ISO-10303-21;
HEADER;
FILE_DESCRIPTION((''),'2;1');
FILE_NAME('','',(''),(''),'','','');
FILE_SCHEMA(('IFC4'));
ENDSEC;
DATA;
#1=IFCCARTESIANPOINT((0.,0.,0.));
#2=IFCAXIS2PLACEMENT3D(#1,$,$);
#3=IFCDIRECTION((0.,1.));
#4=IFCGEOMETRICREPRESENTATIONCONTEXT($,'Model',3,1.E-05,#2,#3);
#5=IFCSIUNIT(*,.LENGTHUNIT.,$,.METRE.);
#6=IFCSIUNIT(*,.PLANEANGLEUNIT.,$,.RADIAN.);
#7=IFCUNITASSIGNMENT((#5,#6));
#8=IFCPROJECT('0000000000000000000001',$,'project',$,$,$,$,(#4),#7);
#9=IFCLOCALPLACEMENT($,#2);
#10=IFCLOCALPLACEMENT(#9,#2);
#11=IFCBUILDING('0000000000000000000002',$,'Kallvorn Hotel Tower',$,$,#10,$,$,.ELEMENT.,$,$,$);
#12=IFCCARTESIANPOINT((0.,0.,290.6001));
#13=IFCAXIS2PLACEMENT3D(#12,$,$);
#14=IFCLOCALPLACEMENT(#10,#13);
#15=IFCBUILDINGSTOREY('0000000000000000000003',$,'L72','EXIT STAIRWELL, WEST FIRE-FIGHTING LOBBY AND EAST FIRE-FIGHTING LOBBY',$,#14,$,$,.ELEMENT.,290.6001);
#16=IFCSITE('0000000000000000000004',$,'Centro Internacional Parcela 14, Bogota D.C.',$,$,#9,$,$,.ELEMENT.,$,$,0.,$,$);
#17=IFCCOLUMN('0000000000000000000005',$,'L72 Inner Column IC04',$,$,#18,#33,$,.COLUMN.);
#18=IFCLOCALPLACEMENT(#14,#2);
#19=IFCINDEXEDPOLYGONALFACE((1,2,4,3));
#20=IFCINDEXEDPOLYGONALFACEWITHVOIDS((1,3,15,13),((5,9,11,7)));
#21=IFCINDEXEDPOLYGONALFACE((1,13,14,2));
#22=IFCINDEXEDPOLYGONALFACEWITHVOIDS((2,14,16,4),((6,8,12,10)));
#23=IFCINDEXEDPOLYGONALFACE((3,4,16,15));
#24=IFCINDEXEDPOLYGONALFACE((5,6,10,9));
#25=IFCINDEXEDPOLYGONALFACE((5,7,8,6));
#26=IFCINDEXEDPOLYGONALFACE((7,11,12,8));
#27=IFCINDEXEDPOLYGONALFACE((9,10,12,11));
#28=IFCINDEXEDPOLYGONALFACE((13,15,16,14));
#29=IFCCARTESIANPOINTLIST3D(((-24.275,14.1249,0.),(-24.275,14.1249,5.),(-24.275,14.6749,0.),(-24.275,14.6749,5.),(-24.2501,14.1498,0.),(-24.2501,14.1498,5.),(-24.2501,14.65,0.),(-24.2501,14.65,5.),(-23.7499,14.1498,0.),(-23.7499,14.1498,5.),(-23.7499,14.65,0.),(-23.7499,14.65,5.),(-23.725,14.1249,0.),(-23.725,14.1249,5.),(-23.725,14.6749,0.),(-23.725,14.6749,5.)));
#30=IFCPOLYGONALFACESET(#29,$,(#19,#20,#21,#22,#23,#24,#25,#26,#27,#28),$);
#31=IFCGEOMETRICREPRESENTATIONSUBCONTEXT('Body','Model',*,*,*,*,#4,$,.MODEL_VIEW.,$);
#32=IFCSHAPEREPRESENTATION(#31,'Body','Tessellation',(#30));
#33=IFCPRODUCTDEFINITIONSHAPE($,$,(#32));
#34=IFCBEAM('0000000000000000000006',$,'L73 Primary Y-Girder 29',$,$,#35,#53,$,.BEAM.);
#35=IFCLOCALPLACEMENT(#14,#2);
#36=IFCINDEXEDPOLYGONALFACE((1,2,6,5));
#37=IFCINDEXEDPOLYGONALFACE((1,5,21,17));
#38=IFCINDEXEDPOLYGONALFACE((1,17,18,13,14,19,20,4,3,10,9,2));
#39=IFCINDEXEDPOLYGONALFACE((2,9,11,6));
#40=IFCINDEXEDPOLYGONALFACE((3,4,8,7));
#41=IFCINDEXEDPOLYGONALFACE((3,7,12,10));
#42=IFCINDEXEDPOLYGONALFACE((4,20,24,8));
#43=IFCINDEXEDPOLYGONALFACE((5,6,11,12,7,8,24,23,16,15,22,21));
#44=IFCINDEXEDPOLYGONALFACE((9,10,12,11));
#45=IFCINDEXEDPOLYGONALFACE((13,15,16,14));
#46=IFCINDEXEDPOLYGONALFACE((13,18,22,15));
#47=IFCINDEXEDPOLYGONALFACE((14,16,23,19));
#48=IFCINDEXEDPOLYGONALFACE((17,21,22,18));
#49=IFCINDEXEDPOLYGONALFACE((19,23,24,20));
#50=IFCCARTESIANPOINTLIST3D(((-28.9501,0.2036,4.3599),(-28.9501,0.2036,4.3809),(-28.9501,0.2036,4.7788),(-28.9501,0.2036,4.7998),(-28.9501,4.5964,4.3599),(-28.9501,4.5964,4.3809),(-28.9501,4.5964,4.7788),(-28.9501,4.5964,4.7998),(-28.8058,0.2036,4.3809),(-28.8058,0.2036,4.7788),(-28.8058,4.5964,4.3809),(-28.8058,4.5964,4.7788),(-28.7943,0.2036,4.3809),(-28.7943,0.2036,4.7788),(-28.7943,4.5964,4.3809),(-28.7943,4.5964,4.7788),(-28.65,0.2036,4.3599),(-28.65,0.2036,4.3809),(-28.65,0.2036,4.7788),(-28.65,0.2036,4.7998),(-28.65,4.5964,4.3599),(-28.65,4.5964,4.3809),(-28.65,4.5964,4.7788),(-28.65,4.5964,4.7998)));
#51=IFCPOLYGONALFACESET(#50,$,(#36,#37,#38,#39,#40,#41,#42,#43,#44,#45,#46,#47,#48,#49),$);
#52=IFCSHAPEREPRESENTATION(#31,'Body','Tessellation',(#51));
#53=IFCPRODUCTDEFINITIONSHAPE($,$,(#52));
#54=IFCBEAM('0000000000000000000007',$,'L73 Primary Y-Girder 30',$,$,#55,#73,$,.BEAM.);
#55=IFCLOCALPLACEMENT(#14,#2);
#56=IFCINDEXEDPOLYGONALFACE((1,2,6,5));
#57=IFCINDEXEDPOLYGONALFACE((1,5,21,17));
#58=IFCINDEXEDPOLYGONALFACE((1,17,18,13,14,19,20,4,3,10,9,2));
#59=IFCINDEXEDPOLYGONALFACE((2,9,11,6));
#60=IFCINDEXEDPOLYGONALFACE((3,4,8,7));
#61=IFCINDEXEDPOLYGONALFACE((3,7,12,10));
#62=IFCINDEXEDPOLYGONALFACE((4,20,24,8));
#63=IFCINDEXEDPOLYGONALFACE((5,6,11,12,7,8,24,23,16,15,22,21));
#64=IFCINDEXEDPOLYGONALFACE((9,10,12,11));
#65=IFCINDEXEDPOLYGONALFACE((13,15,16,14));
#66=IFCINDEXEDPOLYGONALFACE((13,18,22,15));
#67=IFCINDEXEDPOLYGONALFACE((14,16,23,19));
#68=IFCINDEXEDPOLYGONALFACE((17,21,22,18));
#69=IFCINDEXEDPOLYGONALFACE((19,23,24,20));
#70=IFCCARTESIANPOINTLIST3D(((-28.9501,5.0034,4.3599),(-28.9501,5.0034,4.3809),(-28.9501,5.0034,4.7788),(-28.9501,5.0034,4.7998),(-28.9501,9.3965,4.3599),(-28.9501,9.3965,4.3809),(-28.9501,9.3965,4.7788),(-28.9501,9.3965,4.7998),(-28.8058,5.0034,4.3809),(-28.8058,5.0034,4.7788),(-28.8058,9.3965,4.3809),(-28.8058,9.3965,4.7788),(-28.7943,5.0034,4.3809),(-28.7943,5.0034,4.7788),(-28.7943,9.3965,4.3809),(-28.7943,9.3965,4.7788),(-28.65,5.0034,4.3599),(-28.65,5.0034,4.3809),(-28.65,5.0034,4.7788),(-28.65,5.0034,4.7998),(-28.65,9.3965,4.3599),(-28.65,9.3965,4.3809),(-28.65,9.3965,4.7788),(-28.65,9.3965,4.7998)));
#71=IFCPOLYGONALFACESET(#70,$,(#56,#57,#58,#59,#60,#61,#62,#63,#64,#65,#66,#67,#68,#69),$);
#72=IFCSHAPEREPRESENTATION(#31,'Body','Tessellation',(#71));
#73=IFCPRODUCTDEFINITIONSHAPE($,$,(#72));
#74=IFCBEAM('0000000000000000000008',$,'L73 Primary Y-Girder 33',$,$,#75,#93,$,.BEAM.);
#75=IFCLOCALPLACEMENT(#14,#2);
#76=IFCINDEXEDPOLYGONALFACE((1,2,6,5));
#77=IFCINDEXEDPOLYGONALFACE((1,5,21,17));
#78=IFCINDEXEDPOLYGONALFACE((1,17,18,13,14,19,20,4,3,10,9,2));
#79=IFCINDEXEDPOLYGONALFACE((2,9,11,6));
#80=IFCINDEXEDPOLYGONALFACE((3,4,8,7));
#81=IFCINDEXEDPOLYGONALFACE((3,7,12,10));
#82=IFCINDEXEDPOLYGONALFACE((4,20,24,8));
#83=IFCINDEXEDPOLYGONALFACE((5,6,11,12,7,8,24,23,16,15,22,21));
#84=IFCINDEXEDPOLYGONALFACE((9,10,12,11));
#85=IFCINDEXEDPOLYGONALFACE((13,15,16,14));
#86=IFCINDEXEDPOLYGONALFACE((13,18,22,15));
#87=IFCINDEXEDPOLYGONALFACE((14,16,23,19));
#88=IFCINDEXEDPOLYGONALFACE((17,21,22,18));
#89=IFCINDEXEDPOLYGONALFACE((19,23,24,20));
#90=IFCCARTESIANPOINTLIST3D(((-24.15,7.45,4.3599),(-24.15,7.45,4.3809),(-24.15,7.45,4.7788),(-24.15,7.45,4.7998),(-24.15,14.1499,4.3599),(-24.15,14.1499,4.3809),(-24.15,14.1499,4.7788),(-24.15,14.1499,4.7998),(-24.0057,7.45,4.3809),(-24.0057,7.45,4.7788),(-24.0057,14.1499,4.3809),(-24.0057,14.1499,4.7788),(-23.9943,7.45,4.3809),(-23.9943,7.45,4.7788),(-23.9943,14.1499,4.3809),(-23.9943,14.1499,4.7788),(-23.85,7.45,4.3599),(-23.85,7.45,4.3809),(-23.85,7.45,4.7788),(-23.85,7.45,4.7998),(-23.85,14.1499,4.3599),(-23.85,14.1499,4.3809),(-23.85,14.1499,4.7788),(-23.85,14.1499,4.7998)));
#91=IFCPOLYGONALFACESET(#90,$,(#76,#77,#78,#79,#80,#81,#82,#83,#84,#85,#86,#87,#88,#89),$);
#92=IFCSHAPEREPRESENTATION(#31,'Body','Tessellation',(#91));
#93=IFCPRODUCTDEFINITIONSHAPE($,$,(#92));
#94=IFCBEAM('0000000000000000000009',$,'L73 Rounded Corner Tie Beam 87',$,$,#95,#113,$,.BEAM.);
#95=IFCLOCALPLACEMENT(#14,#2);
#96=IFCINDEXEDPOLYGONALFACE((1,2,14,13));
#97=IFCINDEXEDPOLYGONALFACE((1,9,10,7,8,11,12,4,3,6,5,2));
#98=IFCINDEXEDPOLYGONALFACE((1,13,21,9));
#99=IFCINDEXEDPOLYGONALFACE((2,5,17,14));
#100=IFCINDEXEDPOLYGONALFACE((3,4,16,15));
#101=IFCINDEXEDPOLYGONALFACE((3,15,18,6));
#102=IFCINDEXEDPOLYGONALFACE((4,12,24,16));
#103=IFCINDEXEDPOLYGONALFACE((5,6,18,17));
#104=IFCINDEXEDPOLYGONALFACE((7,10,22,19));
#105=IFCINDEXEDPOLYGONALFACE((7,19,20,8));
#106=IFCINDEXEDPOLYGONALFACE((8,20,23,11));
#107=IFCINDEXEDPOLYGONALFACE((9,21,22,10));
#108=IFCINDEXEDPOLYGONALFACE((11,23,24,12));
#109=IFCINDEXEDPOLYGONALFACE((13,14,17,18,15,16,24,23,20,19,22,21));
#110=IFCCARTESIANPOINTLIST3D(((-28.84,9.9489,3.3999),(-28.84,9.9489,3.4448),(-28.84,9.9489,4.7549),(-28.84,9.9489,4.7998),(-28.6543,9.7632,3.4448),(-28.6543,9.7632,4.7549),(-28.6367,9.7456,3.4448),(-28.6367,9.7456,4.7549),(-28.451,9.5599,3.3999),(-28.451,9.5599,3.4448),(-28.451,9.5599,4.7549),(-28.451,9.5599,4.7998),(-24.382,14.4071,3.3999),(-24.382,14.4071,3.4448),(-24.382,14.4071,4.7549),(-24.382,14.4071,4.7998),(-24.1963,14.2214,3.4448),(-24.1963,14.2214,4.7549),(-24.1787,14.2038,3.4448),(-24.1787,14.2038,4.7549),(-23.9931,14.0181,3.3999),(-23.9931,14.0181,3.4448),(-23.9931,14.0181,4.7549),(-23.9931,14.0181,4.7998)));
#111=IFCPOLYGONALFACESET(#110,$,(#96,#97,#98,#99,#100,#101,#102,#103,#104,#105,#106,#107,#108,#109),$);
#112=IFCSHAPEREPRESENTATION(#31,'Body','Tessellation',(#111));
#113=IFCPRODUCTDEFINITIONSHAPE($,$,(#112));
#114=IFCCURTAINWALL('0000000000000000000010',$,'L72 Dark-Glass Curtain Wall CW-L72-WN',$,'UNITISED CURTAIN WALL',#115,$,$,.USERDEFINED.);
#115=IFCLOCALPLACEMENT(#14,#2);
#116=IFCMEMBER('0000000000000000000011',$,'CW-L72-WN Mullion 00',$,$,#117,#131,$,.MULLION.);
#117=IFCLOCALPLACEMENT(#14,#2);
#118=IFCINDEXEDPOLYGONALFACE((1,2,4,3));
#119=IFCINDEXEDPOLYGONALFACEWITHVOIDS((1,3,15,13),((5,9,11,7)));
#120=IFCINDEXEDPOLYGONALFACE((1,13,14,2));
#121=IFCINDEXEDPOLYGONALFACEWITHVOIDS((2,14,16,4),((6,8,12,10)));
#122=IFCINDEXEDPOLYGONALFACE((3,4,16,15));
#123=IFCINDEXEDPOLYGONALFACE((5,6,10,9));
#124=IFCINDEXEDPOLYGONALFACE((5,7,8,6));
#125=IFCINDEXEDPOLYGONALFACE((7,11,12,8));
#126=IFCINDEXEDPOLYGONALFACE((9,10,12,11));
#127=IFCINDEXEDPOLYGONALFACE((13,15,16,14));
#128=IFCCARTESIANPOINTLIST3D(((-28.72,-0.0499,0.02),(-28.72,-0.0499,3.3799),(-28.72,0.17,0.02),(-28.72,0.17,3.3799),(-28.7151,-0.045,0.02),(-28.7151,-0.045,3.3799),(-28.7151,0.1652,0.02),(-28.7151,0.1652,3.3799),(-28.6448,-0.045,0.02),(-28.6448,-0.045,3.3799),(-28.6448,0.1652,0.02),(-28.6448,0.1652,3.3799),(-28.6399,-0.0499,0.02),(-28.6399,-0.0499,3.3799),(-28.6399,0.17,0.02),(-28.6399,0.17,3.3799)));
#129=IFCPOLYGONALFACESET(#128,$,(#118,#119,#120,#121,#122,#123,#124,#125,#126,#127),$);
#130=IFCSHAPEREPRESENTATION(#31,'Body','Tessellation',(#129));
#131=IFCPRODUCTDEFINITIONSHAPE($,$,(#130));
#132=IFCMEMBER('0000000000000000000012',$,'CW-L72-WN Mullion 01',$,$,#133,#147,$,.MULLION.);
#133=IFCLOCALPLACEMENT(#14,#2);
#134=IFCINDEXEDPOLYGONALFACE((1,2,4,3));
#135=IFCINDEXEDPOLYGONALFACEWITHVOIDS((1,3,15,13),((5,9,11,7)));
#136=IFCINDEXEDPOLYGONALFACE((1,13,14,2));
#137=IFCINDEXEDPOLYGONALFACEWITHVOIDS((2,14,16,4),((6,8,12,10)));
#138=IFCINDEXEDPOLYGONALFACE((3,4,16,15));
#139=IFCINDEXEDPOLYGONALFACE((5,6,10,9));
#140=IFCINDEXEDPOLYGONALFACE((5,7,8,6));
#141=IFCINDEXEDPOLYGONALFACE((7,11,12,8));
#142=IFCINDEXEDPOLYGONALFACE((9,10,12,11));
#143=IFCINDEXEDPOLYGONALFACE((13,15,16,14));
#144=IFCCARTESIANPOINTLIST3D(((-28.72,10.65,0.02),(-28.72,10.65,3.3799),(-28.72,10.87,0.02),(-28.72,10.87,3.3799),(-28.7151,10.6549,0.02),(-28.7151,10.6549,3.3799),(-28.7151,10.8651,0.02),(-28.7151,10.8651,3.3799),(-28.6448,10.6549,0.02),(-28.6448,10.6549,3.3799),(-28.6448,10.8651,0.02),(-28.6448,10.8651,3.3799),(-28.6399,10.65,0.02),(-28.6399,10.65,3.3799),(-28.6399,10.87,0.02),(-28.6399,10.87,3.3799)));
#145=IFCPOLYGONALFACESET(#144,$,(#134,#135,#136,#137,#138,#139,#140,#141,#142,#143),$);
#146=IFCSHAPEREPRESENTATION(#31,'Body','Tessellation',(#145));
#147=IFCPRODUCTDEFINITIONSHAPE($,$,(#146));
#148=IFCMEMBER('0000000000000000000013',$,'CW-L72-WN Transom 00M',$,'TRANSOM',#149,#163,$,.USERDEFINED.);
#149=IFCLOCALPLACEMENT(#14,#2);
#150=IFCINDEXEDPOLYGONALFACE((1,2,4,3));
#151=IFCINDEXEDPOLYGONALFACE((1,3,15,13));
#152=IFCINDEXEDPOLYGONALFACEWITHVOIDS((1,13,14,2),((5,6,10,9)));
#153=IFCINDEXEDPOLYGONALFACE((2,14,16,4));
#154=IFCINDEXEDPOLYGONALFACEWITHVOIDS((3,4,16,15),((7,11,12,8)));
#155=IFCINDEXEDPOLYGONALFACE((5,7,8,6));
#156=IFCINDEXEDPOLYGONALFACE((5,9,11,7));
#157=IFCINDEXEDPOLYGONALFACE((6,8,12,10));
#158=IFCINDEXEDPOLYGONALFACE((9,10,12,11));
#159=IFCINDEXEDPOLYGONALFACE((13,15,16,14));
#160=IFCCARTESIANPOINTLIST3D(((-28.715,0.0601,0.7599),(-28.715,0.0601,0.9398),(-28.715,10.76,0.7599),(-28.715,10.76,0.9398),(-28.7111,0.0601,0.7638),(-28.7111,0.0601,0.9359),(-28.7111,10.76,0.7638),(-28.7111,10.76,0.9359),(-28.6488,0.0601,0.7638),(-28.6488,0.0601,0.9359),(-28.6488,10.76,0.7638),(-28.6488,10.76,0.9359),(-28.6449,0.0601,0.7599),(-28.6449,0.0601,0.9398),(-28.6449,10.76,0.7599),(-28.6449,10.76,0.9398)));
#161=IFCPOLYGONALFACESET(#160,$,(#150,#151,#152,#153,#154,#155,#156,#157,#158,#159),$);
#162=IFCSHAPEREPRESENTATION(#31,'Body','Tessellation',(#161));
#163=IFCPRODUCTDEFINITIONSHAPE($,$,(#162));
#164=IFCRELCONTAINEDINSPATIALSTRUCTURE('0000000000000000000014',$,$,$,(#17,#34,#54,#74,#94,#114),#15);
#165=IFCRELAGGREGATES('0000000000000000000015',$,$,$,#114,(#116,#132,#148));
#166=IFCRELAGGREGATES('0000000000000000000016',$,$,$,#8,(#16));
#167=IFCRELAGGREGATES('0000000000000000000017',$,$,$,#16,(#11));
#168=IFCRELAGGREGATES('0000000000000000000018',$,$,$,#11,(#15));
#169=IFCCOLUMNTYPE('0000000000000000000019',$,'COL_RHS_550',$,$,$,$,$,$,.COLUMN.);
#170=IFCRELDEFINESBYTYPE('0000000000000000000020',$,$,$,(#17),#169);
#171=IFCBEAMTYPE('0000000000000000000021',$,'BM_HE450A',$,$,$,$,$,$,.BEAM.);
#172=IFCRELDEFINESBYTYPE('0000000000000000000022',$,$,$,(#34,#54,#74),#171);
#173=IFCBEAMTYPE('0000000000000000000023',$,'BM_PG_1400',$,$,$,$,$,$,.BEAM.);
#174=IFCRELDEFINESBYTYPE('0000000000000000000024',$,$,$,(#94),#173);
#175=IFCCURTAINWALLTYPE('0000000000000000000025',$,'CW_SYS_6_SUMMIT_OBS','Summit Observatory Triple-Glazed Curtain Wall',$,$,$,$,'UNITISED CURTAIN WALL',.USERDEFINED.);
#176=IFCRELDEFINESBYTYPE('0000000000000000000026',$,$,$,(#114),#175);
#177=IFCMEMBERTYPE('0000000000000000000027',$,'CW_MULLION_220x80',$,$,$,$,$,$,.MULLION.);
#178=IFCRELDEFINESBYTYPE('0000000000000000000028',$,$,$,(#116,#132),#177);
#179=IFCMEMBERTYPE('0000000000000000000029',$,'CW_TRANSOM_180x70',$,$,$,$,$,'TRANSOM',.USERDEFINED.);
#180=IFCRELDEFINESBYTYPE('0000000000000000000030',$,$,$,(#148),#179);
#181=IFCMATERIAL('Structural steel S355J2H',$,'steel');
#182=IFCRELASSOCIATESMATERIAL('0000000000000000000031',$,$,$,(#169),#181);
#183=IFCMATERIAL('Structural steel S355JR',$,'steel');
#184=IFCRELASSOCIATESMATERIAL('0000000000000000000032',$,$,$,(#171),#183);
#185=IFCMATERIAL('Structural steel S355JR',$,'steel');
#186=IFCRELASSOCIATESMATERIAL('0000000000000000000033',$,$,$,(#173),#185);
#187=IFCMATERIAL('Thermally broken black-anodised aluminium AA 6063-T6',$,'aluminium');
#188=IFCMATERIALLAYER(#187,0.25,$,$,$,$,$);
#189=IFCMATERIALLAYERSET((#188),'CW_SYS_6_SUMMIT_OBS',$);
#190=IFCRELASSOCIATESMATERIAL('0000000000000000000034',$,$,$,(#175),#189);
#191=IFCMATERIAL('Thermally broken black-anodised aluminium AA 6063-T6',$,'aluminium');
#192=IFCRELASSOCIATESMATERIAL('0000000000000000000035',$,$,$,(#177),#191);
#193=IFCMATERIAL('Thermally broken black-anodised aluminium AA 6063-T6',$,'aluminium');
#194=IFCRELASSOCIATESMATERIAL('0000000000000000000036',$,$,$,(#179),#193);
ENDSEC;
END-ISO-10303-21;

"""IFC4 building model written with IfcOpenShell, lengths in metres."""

from ifc_helpers import new_model, si_unit, direction, frame, origin, origin_2d, place, context, subcontext, project, spatial, hollow_rectangle, i_section, extrude, material, layer, layer_set, material_profile, profile_set, type_object, element, aggregate, save


model = new_model("IFC4")

# Units and contexts
model_context = context("Model", 3, precision=1e-05, world=origin(), true_north=direction((0.0, 1.0)))
body_context = subcontext(model_context, "Body", "Model", "MODEL_VIEW")
ifc_project = project(units=[si_unit("LENGTHUNIT", "METRE"), si_unit("PLANEANGLEUNIT", "RADIAN")], contexts=[model_context])

# Site, building, storey
site_placement = place(None, origin())
site = spatial("IfcSite", under=ifc_project, at=site_placement, Name="Centro Internacional Parcela 14, Bogota D.C.", CompositionType="ELEMENT", RefElevation=0.0)
building_placement = place(site_placement, origin())
building = spatial("IfcBuilding", under=site, at=building_placement, Name="Kallvorn Hotel Tower", CompositionType="ELEMENT")
storey_placement = place(building_placement, frame((0.0, 0.0, 290.6001)))
storey = spatial("IfcBuildingStorey", under=building, at=storey_placement, Name="L72", Description="EXIT STAIRWELL, WEST FIRE-FIGHTING LOBBY AND EAST FIRE-FIGHTING LOBBY", CompositionType="ELEMENT", Elevation=290.6001)

# Column
ifc_material_1 = material(Name="Structural steel S355J2H", Category="steel")
ifc_material_profile_1 = material_profile(ifc_material_1, hollow_rectangle(XDim=0.55, YDim=0.55, WallThickness=0.0249, at=origin_2d()), Name="RHS 550x550x25")
ifc_profile_set_1 = profile_set([ifc_material_profile_1], Name="Structural steel S355J2H")
column_type_1 = type_object("IfcColumnType", Name="COL_RHS_550", PredefinedType="COLUMN", material=ifc_profile_set_1)
for number, where, z_axis, x_axis, name in (
    (1, (-24.0, 14.3999, 0.0), (0.0, 0.0, 1.0), (1.0, 0.0, 0.0), "L72 Inner Column IC04"),
):
    element("IfcColumn", number, at=place(storey_placement, frame(where, z_axis=z_axis, x_axis=x_axis)), inside=storey, type_object=column_type_1, Name=name, PredefinedType="COLUMN", context=body_context, shape_type="SweptSolid", body=[
        extrude(hollow_rectangle(XDim=0.55, YDim=0.55, WallThickness=0.0249, at=origin_2d()), origin(), (0.0, 0.0, 1.0), 5.0),
    ])

# Beams
ifc_material_2 = material(Name="Structural steel S355JR", Category="steel")
ifc_material_profile_2 = material_profile(ifc_material_2, i_section(OverallWidth=0.3, OverallDepth=0.4399, WebThickness=0.0115, FlangeThickness=0.021, at=origin_2d()), Name="HE 450 A")
ifc_profile_set_2 = profile_set([ifc_material_profile_2], Name="Structural steel S355JR")
beam_type_1 = type_object("IfcBeamType", Name="BM_HE450A", PredefinedType="BEAM", material=ifc_profile_set_2)
beam_1_placement = place(storey_placement, frame((-28.8, 0.2036, 4.5798), z_axis=(0.0, 1.0, 0.0), x_axis=(-1.0, 0.0, 0.0)))
element("IfcBeam", 2, at=beam_1_placement, inside=storey, type_object=beam_type_1, Name="L73 Primary Y-Girder 29", PredefinedType="BEAM", context=body_context, shape_type="SweptSolid", body=[
    extrude(i_section(OverallWidth=0.3, OverallDepth=0.4399, WebThickness=0.0115, FlangeThickness=0.021, at=origin_2d()), origin(), (0.0, 0.0, 1.0), 4.3928),
])
beam_2_placement = place(storey_placement, frame((-28.8, 5.0034, 4.5798), z_axis=(0.0, 1.0, 0.0), x_axis=(-1.0, 0.0, 0.0)))
element("IfcBeam", 3, at=beam_2_placement, inside=storey, type_object=beam_type_1, Name="L73 Primary Y-Girder 30", PredefinedType="BEAM", context=body_context, shape_type="SweptSolid", body=[
    extrude(i_section(OverallWidth=0.3, OverallDepth=0.4399, WebThickness=0.0115, FlangeThickness=0.021, at=origin_2d()), origin(), (0.0, 0.0, 1.0), 4.3931),
])
beam_3_placement = place(storey_placement, frame((-24.0, 7.45, 4.5798), z_axis=(0.0, 1.0, 0.0), x_axis=(-1.0, 0.0, 0.0)))
element("IfcBeam", 4, at=beam_3_placement, inside=storey, type_object=beam_type_1, Name="L73 Primary Y-Girder 33", PredefinedType="BEAM", context=body_context, shape_type="SweptSolid", body=[
    extrude(i_section(OverallWidth=0.3, OverallDepth=0.4399, WebThickness=0.0115, FlangeThickness=0.021, at=origin_2d()), origin(), (0.0, 0.0, 1.0), 6.7),
])
ifc_material_3 = material(Name="Structural steel S355JR", Category="steel")
ifc_material_profile_3 = material_profile(ifc_material_3, i_section(OverallWidth=0.55, OverallDepth=1.3999, WebThickness=0.0249, FlangeThickness=0.0449, at=origin_2d()), Name="PG 1400x550x25x45")
ifc_profile_set_3 = profile_set([ifc_material_profile_3], Name="Structural steel S355JR")
beam_type_2 = type_object("IfcBeamType", Name="BM_PG_1400", PredefinedType="BEAM", material=ifc_profile_set_3)
beam_4_placement = place(storey_placement, frame((-28.6455, 9.7544, 4.0999), z_axis=(0.707087, 0.707126, 0.0), x_axis=(-0.707126, 0.707087, 0.0)))
element("IfcBeam", 5, at=beam_4_placement, inside=storey, type_object=beam_type_2, Name="L73 Rounded Corner Tie Beam 87", PredefinedType="BEAM", context=body_context, shape_type="SweptSolid", body=[
    extrude(i_section(OverallWidth=0.55, OverallDepth=1.3999, WebThickness=0.0249, FlangeThickness=0.0449, at=origin_2d()), origin(), (0.0, 0.0, 1.0), 6.3047),
])

# Curtain wall, members
ifc_material_4 = material(Name="Thermally broken black-anodised aluminium AA 6063-T6", Category="aluminium")
ifc_layer_1 = layer(ifc_material_4, 0.25)
ifc_layer_set_1 = layer_set([ifc_layer_1], Name="CW_SYS_6_SUMMIT_OBS")
curtain_wall_type = type_object("IfcCurtainWallType", Name="CW_SYS_6_SUMMIT_OBS", Description="Summit Observatory Triple-Glazed Curtain Wall", ElementType="UNITISED CURTAIN WALL", PredefinedType="USERDEFINED", material=ifc_layer_set_1)
curtain_wall_placement = place(storey_placement, origin())
curtain_wall = element("IfcCurtainWall", 6, at=curtain_wall_placement, inside=storey, type_object=curtain_wall_type, Name="L72 Dark-Glass Curtain Wall CW-L72-WN", ObjectType="UNITISED CURTAIN WALL", PredefinedType="USERDEFINED")
ifc_material_5 = material(Name="Thermally broken black-anodised aluminium AA 6063-T6", Category="aluminium")
ifc_material_profile_4 = material_profile(ifc_material_5, hollow_rectangle(XDim=0.0801, YDim=0.22, WallThickness=0.0049, at=origin_2d()), Name="MUL 220x80")
ifc_profile_set_4 = profile_set([ifc_material_profile_4], Name="Thermally broken black-anodised aluminium AA 6063-T6")
member_type_1 = type_object("IfcMemberType", Name="CW_MULLION_220x80", PredefinedType="MULLION", material=ifc_profile_set_4)
member_1_placement = place(storey_placement, frame((-28.6799, 0.0601, 0.02), z_axis=(0.0, 0.0, 1.0), x_axis=(1.0, 0.0, 0.0)))
member_1 = element("IfcMember", 7, at=member_1_placement, type_object=member_type_1, Name="CW-L72-WN Mullion 00", PredefinedType="MULLION", context=body_context, shape_type="SweptSolid", body=[
    extrude(hollow_rectangle(XDim=0.0801, YDim=0.22, WallThickness=0.0049, at=origin_2d()), origin(), (0.0, 0.0, 1.0), 3.3599),
])
member_2_placement = place(storey_placement, frame((-28.6799, 10.76, 0.02), z_axis=(0.0, 0.0, 1.0), x_axis=(1.0, 0.0, 0.0)))
member_2 = element("IfcMember", 8, at=member_2_placement, type_object=member_type_1, Name="CW-L72-WN Mullion 01", PredefinedType="MULLION", context=body_context, shape_type="SweptSolid", body=[
    extrude(hollow_rectangle(XDim=0.0801, YDim=0.22, WallThickness=0.0049, at=origin_2d()), origin(), (0.0, 0.0, 1.0), 3.3599),
])
ifc_material_6 = material(Name="Thermally broken black-anodised aluminium AA 6063-T6", Category="aluminium")
ifc_material_profile_5 = material_profile(ifc_material_6, hollow_rectangle(XDim=0.0701, YDim=0.1799, WallThickness=0.0039, at=origin_2d()), Name="TRN 180x70")
ifc_profile_set_5 = profile_set([ifc_material_profile_5], Name="Thermally broken black-anodised aluminium AA 6063-T6")
member_type_2 = type_object("IfcMemberType", Name="CW_TRANSOM_180x70", ElementType="TRANSOM", PredefinedType="USERDEFINED", material=ifc_profile_set_5)
member_3_placement = place(storey_placement, frame((-28.6799, 0.0601, 0.8499), z_axis=(0.0, 1.0, 0.0), x_axis=(-1.0, 0.0, 0.0)))
member_3 = element("IfcMember", 9, at=member_3_placement, type_object=member_type_2, Name="CW-L72-WN Transom 00M", ObjectType="TRANSOM", PredefinedType="USERDEFINED", context=body_context, shape_type="SweptSolid", body=[
    extrude(hollow_rectangle(XDim=0.0701, YDim=0.1799, WallThickness=0.0039, at=origin_2d()), origin(), (0.0, 0.0, 1.0), 10.7),
])

aggregate(curtain_wall, [member_1, member_2, member_3])

save(model, "model.ifc")
